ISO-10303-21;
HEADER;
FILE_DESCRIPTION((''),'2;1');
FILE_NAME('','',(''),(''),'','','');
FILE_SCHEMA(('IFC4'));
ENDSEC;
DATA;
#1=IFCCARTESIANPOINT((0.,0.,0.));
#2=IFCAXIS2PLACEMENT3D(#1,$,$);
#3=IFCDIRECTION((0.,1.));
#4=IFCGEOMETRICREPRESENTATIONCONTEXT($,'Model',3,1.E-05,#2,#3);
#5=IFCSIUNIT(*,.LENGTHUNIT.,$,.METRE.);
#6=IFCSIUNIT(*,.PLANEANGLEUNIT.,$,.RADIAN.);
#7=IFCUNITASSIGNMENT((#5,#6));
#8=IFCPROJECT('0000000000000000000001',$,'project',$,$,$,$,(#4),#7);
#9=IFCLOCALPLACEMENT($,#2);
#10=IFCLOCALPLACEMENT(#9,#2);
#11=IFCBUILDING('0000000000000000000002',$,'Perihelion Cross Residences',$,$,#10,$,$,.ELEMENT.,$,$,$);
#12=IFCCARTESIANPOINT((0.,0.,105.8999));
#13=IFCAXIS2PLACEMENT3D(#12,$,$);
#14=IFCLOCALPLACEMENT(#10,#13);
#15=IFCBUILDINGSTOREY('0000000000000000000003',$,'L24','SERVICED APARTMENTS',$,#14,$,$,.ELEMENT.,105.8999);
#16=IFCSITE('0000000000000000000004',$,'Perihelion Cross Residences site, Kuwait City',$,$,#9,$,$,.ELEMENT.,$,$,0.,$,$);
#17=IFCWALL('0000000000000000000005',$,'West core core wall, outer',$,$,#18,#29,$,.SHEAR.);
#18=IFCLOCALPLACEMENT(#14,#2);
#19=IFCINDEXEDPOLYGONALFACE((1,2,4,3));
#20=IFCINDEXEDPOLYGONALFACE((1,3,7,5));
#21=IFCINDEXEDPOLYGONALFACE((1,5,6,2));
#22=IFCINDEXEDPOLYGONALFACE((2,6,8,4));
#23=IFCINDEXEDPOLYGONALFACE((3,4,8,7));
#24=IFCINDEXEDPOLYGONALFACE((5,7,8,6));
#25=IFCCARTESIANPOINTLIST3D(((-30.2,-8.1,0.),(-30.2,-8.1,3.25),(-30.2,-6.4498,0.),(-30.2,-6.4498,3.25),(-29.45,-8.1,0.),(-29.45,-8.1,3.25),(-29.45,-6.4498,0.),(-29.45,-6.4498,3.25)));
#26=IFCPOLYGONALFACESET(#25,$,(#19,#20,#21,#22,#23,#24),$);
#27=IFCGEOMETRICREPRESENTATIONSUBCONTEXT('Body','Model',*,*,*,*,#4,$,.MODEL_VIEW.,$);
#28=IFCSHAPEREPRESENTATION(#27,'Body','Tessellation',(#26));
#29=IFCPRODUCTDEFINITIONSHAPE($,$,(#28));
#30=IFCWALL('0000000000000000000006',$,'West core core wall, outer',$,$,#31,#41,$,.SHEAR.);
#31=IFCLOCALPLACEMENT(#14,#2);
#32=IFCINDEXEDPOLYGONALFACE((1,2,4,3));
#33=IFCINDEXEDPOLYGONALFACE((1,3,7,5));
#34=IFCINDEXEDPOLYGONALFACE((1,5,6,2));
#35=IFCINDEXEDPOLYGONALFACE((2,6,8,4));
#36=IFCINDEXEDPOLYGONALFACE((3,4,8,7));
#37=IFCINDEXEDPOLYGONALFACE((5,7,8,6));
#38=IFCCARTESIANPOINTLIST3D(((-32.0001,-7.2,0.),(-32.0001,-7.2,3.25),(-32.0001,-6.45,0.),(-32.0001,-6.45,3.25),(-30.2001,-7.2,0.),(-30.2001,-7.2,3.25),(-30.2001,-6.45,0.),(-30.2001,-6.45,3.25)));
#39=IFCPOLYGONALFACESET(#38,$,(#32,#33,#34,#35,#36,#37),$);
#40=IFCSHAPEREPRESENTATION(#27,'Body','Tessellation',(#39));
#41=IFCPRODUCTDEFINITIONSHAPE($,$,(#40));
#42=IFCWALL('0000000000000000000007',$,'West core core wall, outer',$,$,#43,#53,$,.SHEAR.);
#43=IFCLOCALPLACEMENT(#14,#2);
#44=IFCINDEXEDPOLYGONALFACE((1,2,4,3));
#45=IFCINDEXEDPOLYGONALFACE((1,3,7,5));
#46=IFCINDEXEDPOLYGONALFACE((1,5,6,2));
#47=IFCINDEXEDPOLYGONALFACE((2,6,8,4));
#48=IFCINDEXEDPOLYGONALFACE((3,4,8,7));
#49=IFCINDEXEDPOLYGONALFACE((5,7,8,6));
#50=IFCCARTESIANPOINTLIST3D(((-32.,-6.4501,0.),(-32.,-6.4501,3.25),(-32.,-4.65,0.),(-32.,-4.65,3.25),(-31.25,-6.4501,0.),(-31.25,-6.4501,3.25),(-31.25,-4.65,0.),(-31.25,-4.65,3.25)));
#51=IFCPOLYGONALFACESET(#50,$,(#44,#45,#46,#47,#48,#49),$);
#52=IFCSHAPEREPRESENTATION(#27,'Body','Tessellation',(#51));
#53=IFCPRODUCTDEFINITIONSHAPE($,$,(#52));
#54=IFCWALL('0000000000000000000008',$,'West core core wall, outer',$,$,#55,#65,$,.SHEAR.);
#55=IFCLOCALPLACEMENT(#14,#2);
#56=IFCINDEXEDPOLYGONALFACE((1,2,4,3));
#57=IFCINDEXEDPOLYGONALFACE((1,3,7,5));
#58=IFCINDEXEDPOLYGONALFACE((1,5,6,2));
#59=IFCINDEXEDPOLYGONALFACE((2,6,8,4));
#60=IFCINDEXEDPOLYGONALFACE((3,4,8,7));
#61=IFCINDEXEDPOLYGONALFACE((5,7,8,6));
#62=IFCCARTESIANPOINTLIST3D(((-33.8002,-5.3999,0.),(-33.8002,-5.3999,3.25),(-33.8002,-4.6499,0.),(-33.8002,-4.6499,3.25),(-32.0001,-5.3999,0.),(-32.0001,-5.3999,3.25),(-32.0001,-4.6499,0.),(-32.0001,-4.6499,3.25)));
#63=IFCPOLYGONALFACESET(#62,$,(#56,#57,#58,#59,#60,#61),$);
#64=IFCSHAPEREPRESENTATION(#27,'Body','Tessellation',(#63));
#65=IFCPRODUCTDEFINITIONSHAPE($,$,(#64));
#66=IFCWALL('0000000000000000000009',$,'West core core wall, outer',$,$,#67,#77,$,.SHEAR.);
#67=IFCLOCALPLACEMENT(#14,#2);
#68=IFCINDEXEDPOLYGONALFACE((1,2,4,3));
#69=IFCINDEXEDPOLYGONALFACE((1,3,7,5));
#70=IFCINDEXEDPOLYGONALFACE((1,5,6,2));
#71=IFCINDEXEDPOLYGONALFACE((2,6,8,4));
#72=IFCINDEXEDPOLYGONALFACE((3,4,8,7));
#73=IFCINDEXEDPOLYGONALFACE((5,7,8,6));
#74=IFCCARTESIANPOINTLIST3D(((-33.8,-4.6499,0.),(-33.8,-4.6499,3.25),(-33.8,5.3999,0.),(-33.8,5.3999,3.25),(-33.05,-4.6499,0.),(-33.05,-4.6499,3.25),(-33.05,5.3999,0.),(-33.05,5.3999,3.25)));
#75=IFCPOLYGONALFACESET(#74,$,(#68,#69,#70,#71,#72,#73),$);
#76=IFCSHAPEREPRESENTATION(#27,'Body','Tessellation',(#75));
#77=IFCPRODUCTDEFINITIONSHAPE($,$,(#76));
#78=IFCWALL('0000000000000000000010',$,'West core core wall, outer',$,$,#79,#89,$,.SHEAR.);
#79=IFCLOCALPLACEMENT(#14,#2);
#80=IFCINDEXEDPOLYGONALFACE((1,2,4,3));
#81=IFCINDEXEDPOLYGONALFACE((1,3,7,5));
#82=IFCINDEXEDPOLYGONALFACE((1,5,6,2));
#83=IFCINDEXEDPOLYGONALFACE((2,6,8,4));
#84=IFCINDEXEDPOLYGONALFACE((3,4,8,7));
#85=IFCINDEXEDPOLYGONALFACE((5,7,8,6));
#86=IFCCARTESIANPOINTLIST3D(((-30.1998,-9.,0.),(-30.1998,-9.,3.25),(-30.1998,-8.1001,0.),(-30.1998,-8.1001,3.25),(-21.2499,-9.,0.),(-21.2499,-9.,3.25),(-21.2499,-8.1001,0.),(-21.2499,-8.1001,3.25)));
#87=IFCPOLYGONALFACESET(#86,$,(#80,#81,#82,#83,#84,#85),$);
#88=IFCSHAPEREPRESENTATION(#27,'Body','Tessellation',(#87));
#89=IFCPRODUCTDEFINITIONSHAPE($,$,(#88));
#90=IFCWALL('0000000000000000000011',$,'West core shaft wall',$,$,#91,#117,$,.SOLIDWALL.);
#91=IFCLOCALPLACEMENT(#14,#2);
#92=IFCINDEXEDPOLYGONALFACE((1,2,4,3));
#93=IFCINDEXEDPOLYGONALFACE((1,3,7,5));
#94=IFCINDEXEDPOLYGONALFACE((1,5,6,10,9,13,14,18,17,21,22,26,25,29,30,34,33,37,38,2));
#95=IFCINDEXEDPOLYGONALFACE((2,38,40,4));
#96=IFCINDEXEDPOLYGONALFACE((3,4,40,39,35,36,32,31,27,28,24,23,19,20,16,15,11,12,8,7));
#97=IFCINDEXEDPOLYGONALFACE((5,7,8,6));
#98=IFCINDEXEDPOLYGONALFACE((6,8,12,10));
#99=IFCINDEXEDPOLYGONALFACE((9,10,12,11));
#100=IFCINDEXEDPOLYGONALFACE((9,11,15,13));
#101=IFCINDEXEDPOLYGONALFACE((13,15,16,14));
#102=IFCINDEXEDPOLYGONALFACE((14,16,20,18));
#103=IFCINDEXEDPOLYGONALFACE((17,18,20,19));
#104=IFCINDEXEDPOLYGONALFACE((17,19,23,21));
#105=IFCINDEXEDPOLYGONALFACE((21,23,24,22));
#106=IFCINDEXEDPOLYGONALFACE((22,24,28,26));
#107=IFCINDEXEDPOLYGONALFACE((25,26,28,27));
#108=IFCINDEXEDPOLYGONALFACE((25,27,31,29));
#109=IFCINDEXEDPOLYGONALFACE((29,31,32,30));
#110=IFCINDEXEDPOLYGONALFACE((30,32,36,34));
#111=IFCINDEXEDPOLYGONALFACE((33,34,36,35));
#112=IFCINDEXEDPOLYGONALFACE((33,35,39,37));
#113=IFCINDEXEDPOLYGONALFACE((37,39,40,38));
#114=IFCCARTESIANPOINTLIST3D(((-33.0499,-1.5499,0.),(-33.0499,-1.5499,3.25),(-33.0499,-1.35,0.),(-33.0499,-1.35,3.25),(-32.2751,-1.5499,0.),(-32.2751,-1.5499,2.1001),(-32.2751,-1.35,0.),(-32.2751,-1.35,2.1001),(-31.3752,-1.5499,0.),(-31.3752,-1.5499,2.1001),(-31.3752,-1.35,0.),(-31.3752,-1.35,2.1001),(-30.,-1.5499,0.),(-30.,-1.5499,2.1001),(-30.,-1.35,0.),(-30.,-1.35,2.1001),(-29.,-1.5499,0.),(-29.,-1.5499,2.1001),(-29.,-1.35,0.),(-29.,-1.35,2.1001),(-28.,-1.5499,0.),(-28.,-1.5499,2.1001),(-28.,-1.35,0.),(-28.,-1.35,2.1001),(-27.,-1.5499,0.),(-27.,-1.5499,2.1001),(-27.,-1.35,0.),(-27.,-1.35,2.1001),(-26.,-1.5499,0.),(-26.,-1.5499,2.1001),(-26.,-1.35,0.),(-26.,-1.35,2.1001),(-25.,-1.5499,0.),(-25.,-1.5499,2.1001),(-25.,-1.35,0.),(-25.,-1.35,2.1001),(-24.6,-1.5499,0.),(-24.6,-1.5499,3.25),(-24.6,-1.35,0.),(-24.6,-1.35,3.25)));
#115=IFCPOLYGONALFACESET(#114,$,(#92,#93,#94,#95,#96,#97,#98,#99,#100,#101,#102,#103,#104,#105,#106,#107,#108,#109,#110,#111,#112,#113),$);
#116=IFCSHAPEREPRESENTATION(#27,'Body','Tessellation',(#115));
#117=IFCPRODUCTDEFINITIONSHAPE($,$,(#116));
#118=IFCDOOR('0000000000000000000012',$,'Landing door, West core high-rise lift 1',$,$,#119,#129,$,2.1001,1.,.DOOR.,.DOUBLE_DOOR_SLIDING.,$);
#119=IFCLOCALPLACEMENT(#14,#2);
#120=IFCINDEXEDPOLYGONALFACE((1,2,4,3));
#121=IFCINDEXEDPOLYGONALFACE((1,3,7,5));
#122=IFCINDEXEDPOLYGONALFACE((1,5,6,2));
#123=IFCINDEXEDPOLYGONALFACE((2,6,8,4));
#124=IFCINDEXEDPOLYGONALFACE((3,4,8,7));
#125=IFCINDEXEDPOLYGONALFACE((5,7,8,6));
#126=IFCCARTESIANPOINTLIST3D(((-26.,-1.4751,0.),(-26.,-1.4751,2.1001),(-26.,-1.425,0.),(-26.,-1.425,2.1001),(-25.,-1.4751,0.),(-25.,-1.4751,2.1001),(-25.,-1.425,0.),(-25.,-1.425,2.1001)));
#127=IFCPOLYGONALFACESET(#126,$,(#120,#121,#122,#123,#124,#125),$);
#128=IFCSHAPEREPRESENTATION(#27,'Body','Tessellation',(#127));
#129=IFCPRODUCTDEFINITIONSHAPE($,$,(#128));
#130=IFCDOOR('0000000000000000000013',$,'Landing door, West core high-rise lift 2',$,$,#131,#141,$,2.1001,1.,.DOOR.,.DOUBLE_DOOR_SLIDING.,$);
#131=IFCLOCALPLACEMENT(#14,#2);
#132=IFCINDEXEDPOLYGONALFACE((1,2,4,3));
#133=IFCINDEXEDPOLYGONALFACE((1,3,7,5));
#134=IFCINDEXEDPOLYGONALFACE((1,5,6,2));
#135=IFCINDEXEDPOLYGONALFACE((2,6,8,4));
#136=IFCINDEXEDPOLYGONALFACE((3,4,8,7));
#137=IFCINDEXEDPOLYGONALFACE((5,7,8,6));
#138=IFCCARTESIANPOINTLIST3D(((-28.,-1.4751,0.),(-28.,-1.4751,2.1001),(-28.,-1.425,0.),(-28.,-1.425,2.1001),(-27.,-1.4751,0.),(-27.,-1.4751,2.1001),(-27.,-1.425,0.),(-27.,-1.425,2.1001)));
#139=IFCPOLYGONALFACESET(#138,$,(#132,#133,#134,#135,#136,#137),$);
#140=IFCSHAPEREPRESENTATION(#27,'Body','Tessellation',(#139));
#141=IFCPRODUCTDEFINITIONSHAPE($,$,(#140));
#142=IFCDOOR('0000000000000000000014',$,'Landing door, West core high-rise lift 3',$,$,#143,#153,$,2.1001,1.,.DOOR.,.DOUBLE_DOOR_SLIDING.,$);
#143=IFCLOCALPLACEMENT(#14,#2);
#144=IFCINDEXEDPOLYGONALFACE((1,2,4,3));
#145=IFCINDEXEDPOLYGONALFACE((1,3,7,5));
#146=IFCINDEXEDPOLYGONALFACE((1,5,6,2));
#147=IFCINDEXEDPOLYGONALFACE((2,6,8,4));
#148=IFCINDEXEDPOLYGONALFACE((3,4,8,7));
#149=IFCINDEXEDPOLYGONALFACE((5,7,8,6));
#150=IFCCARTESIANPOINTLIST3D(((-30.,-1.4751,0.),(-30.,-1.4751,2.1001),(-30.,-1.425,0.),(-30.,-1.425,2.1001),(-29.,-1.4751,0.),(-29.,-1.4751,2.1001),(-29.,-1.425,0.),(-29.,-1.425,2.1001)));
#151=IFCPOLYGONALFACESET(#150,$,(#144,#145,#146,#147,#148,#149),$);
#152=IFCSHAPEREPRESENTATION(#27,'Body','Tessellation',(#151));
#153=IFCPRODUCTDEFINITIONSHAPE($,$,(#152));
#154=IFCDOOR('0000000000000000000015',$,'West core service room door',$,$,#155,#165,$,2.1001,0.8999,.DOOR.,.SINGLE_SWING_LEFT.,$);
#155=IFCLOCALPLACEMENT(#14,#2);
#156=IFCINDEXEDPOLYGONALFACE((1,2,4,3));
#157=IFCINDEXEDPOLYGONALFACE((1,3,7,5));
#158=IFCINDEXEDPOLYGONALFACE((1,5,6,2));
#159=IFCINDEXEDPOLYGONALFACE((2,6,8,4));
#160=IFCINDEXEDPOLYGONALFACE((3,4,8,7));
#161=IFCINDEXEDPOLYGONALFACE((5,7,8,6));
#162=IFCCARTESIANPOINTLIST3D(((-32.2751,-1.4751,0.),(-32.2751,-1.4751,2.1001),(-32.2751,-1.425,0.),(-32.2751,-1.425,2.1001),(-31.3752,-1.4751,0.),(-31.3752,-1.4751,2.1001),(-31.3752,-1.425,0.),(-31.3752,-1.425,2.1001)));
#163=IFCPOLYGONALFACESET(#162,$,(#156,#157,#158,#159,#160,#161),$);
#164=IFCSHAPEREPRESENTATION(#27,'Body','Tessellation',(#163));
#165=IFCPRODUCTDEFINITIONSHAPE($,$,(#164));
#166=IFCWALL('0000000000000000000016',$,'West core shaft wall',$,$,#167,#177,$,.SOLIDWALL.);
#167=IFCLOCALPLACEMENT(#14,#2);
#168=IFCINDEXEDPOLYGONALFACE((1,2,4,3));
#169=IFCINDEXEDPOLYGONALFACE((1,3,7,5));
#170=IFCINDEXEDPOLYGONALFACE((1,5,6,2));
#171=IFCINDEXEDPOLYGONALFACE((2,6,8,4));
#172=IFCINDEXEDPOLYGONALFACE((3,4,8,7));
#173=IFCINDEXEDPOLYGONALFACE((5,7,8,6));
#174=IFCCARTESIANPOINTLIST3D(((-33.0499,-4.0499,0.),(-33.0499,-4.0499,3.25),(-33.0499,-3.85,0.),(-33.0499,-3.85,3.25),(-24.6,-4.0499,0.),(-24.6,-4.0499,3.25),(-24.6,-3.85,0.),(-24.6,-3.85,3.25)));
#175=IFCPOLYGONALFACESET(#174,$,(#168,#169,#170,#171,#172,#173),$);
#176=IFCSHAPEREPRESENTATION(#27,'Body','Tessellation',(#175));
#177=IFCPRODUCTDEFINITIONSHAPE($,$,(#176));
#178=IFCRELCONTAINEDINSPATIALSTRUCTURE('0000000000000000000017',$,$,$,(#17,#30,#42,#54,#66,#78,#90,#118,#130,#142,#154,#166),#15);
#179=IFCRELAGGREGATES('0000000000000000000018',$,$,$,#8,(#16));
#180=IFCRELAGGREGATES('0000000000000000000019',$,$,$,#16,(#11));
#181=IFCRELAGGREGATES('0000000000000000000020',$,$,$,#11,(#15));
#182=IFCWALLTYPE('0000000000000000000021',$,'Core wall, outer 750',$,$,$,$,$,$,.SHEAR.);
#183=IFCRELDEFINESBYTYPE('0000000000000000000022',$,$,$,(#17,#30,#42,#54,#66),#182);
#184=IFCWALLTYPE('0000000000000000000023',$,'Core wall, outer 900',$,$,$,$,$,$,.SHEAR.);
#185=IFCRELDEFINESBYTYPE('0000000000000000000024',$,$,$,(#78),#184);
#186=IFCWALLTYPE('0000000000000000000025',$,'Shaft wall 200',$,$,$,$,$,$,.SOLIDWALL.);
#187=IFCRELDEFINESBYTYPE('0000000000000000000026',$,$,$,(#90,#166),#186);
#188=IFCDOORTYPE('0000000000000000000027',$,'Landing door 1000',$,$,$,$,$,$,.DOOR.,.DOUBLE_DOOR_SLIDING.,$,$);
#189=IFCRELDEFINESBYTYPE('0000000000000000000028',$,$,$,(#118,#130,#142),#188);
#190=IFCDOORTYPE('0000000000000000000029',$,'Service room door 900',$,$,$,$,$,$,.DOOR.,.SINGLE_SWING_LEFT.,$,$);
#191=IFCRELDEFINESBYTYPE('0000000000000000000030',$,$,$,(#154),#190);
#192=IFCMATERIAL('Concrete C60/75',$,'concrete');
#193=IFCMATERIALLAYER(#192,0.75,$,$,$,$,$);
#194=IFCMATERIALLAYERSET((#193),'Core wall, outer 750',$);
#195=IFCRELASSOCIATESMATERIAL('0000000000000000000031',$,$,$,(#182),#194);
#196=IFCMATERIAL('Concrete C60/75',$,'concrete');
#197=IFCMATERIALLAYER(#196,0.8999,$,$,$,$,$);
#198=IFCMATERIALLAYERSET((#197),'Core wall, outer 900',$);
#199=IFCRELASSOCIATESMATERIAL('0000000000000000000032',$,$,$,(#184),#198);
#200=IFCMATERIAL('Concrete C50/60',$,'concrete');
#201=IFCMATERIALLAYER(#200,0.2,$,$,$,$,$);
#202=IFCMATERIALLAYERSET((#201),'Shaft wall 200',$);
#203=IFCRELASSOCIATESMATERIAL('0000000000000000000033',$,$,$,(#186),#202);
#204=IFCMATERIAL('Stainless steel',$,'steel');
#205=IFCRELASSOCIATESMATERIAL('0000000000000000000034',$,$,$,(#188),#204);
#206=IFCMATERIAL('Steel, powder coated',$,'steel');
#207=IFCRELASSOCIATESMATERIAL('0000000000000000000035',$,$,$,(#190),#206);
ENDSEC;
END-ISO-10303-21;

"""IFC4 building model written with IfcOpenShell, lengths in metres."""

from ifc_helpers import new_model, si_unit, direction, frame, frame_2d, origin, place, context, subcontext, project, spatial, rectangle, extrude, material, layer, layer_set, type_object, element, fill, save


model = new_model("IFC4")

# Units and contexts
model_context = context("Model", 3, precision=1e-05, world=origin(), true_north=direction((0.0, 1.0)))
body_context = subcontext(model_context, "Body", "Model", "MODEL_VIEW")
ifc_project = project(units=[si_unit("LENGTHUNIT", "METRE"), si_unit("PLANEANGLEUNIT", "RADIAN")], contexts=[model_context])

# Site, building, storey
site_placement = place(None, origin())
site = spatial("IfcSite", under=ifc_project, at=site_placement, Name="Perihelion Cross Residences site, Kuwait City", CompositionType="ELEMENT", RefElevation=0.0)
building_placement = place(site_placement, origin())
building = spatial("IfcBuilding", under=site, at=building_placement, Name="Perihelion Cross Residences", CompositionType="ELEMENT")
storey_placement = place(building_placement, frame((0.0, 0.0, 105.8999)))
storey = spatial("IfcBuildingStorey", under=building, at=storey_placement, Name="L24", Description="SERVICED APARTMENTS", CompositionType="ELEMENT", Elevation=105.8999)

# Walls
ifc_material_1 = material(Name="Concrete C60/75", Category="concrete")
ifc_layer_1 = layer(ifc_material_1, 0.75)
ifc_layer_set_1 = layer_set([ifc_layer_1], Name="Core wall, outer 750")
wall_type_1 = type_object("IfcWallType", Name="Core wall, outer 750", PredefinedType="SHEAR", material=ifc_layer_set_1)
wall_1_placement = place(storey_placement, frame((-29.825, -8.1001, 0.0), z_axis=(0.0, 0.0, 1.0), x_axis=(0.0, 1.0, 0.0)))
element("IfcWall", 1, at=wall_1_placement, inside=storey, type_object=wall_type_1, Name="West core core wall, outer", PredefinedType="SHEAR", context=body_context, shape_type="SweptSolid", body=[
    extrude(rectangle(XDim=1.6501, YDim=0.75, at=frame_2d((0.8252, 0.0))), origin(), (0.0, 0.0, 1.0), 3.25),
])
for number, where, z_axis, x_axis, name in (
    (2, (-32.0, -6.825, 0.0), (0.0, 0.0, 1.0), (1.0, 0.0, 0.0), "West core core wall, outer"),
    (3, (-31.625, -6.45, 0.0), (0.0, 0.0, 1.0), (0.0, 1.0, 0.0), "West core core wall, outer"),
    (4, (-33.8, -5.0249, 0.0), (0.0, 0.0, 1.0), (1.0, 0.0, 0.0), "West core core wall, outer"),
):
    element("IfcWall", number, at=place(storey_placement, frame(where, z_axis=z_axis, x_axis=x_axis)), inside=storey, type_object=wall_type_1, Name=name, PredefinedType="SHEAR", context=body_context, shape_type="SweptSolid", body=[
        extrude(rectangle(XDim=1.8, YDim=0.75, at=frame_2d((0.8999, 0.0))), origin(), (0.0, 0.0, 1.0), 3.25),
    ])
wall_2_placement = place(storey_placement, frame((-33.425, -4.6499, 0.0), z_axis=(0.0, 0.0, 1.0), x_axis=(0.0, 1.0, 0.0)))
element("IfcWall", 5, at=wall_2_placement, inside=storey, type_object=wall_type_1, Name="West core core wall, outer", PredefinedType="SHEAR", context=body_context, shape_type="SweptSolid", body=[
    extrude(rectangle(XDim=10.0498, YDim=0.75, at=frame_2d((5.0249, 0.0))), origin(), (0.0, 0.0, 1.0), 3.25),
])
ifc_material_2 = material(Name="Concrete C60/75", Category="concrete")
ifc_layer_2 = layer(ifc_material_2, 0.8999)
ifc_layer_set_2 = layer_set([ifc_layer_2], Name="Core wall, outer 900")
wall_type_2 = type_object("IfcWallType", Name="Core wall, outer 900", PredefinedType="SHEAR", material=ifc_layer_set_2)
wall_3_placement = place(storey_placement, frame((-30.2, -8.55, 0.0), z_axis=(0.0, 0.0, 1.0), x_axis=(1.0, 0.0, 0.0)))
element("IfcWall", 6, at=wall_3_placement, inside=storey, type_object=wall_type_2, Name="West core core wall, outer", PredefinedType="SHEAR", context=body_context, shape_type="SweptSolid", body=[
    extrude(rectangle(XDim=8.95, YDim=0.8999, at=frame_2d((4.4751, 0.0))), origin(), (0.0, 0.0, 1.0), 3.25),
])

# Wall, openings, doors
ifc_material_3 = material(Name="Concrete C50/60", Category="concrete")
ifc_layer_3 = layer(ifc_material_3, 0.2)
ifc_layer_set_3 = layer_set([ifc_layer_3], Name="Shaft wall 200")
wall_type_3 = type_object("IfcWallType", Name="Shaft wall 200", PredefinedType="SOLIDWALL", material=ifc_layer_set_3)
wall_4_placement = place(storey_placement, frame((-33.05, -1.45, 0.0), z_axis=(0.0, 0.0, 1.0), x_axis=(1.0, 0.0, 0.0)))
wall_4 = element("IfcWall", 7, at=wall_4_placement, inside=storey, type_object=wall_type_3, Name="West core shaft wall", PredefinedType="SOLIDWALL", context=body_context, shape_type="SweptSolid", body=[
    extrude(rectangle(XDim=8.45, YDim=0.2, at=frame_2d((4.2251, 0.0))), origin(), (0.0, 0.0, 1.0), 3.25),
])
opening_1_placement = place(wall_4_placement, frame((7.05, 0.0, 0.0)))
opening_1 = element("IfcOpeningElement", 8, at=opening_1_placement, cuts=wall_4, PredefinedType="OPENING", context=body_context, shape_type="SweptSolid", body=[
    extrude(rectangle(XDim=1.0, YDim=2.1001, at=frame_2d((0.5, 1.05))), frame((0.0, 0.1099, 0.0), z_axis=(0.0, -1.0, 0.0), x_axis=(1.0, 0.0, 0.0)), (0.0, 0.0, 1.0), 0.22),
])
opening_2_placement = place(wall_4_placement, frame((5.05, 0.0, 0.0)))
opening_2 = element("IfcOpeningElement", 9, at=opening_2_placement, cuts=wall_4, PredefinedType="OPENING", context=body_context, shape_type="SweptSolid", body=[
    extrude(rectangle(XDim=1.0, YDim=2.1001, at=frame_2d((0.5, 1.05))), frame((0.0, 0.1099, 0.0), z_axis=(0.0, -1.0, 0.0), x_axis=(1.0, 0.0, 0.0)), (0.0, 0.0, 1.0), 0.22),
])
opening_3_placement = place(wall_4_placement, frame((3.05, 0.0, 0.0)))
opening_3 = element("IfcOpeningElement", 10, at=opening_3_placement, cuts=wall_4, PredefinedType="OPENING", context=body_context, shape_type="SweptSolid", body=[
    extrude(rectangle(XDim=1.0, YDim=2.1001, at=frame_2d((0.5, 1.05))), frame((0.0, 0.1099, 0.0), z_axis=(0.0, -1.0, 0.0), x_axis=(1.0, 0.0, 0.0)), (0.0, 0.0, 1.0), 0.22),
])
opening_4_placement = place(wall_4_placement, frame((0.7749, 0.0, 0.0)))
opening_4 = element("IfcOpeningElement", 11, at=opening_4_placement, cuts=wall_4, PredefinedType="OPENING", context=body_context, shape_type="SweptSolid", body=[
    extrude(rectangle(XDim=0.8999, YDim=2.1001, at=frame_2d((0.45, 1.05))), frame((0.0, 0.1099, 0.0), z_axis=(0.0, -1.0, 0.0), x_axis=(1.0, 0.0, 0.0)), (0.0, 0.0, 1.0), 0.22),
])
ifc_material_4 = material(Name="Stainless steel", Category="steel")
door_type_1 = type_object("IfcDoorType", Name="Landing door 1000", OperationType="DOUBLE_DOOR_SLIDING", PredefinedType="DOOR", material=ifc_material_4)
door_1_placement = place(opening_1_placement, origin())
door_1 = element("IfcDoor", 12, at=door_1_placement, inside=storey, type_object=door_type_1, Name="Landing door, West core high-rise lift 1", OperationType="DOUBLE_DOOR_SLIDING", OverallHeight=2.1001, OverallWidth=1.0, PredefinedType="DOOR", context=body_context, shape_type="SweptSolid", body=[
    extrude(rectangle(XDim=1.0, YDim=2.1001, at=frame_2d((0.5, 1.05))), frame((0.0, 0.0249, 0.0), z_axis=(0.0, -1.0, 0.0), x_axis=(1.0, 0.0, 0.0)), (0.0, 0.0, 1.0), 0.05),
])
fill(opening_1, door_1)
door_2_placement = place(opening_2_placement, origin())
door_2 = element("IfcDoor", 13, at=door_2_placement, inside=storey, type_object=door_type_1, Name="Landing door, West core high-rise lift 2", OperationType="DOUBLE_DOOR_SLIDING", OverallHeight=2.1001, OverallWidth=1.0, PredefinedType="DOOR", context=body_context, shape_type="SweptSolid", body=[
    extrude(rectangle(XDim=1.0, YDim=2.1001, at=frame_2d((0.5, 1.05))), frame((0.0, 0.0249, 0.0), z_axis=(0.0, -1.0, 0.0), x_axis=(1.0, 0.0, 0.0)), (0.0, 0.0, 1.0), 0.05),
])
fill(opening_2, door_2)
door_3_placement = place(opening_3_placement, origin())
door_3 = element("IfcDoor", 14, at=door_3_placement, inside=storey, type_object=door_type_1, Name="Landing door, West core high-rise lift 3", OperationType="DOUBLE_DOOR_SLIDING", OverallHeight=2.1001, OverallWidth=1.0, PredefinedType="DOOR", context=body_context, shape_type="SweptSolid", body=[
    extrude(rectangle(XDim=1.0, YDim=2.1001, at=frame_2d((0.5, 1.05))), frame((0.0, 0.0249, 0.0), z_axis=(0.0, -1.0, 0.0), x_axis=(1.0, 0.0, 0.0)), (0.0, 0.0, 1.0), 0.05),
])
fill(opening_3, door_3)
ifc_material_5 = material(Name="Steel, powder coated", Category="steel")
door_type_2 = type_object("IfcDoorType", Name="Service room door 900", OperationType="SINGLE_SWING_LEFT", PredefinedType="DOOR", material=ifc_material_5)
door_4_placement = place(opening_4_placement, origin())
door_4 = element("IfcDoor", 15, at=door_4_placement, inside=storey, type_object=door_type_2, Name="West core service room door", OperationType="SINGLE_SWING_LEFT", OverallHeight=2.1001, OverallWidth=0.8999, PredefinedType="DOOR", context=body_context, shape_type="SweptSolid", body=[
    extrude(rectangle(XDim=0.8999, YDim=2.1001, at=frame_2d((0.45, 1.05))), frame((0.0, 0.0249, 0.0), z_axis=(0.0, -1.0, 0.0), x_axis=(1.0, 0.0, 0.0)), (0.0, 0.0, 1.0), 0.05),
])
fill(opening_4, door_4)

# Wall
wall_5_placement = place(storey_placement, frame((-33.05, -3.95, 0.0), z_axis=(0.0, 0.0, 1.0), x_axis=(1.0, 0.0, 0.0)))
element("IfcWall", 16, at=wall_5_placement, inside=storey, type_object=wall_type_3, Name="West core shaft wall", PredefinedType="SOLIDWALL", context=body_context, shape_type="SweptSolid", body=[
    extrude(rectangle(XDim=8.45, YDim=0.2, at=frame_2d((4.2251, 0.0))), origin(), (0.0, 0.0, 1.0), 3.25),
])

save(model, "model.ifc")
